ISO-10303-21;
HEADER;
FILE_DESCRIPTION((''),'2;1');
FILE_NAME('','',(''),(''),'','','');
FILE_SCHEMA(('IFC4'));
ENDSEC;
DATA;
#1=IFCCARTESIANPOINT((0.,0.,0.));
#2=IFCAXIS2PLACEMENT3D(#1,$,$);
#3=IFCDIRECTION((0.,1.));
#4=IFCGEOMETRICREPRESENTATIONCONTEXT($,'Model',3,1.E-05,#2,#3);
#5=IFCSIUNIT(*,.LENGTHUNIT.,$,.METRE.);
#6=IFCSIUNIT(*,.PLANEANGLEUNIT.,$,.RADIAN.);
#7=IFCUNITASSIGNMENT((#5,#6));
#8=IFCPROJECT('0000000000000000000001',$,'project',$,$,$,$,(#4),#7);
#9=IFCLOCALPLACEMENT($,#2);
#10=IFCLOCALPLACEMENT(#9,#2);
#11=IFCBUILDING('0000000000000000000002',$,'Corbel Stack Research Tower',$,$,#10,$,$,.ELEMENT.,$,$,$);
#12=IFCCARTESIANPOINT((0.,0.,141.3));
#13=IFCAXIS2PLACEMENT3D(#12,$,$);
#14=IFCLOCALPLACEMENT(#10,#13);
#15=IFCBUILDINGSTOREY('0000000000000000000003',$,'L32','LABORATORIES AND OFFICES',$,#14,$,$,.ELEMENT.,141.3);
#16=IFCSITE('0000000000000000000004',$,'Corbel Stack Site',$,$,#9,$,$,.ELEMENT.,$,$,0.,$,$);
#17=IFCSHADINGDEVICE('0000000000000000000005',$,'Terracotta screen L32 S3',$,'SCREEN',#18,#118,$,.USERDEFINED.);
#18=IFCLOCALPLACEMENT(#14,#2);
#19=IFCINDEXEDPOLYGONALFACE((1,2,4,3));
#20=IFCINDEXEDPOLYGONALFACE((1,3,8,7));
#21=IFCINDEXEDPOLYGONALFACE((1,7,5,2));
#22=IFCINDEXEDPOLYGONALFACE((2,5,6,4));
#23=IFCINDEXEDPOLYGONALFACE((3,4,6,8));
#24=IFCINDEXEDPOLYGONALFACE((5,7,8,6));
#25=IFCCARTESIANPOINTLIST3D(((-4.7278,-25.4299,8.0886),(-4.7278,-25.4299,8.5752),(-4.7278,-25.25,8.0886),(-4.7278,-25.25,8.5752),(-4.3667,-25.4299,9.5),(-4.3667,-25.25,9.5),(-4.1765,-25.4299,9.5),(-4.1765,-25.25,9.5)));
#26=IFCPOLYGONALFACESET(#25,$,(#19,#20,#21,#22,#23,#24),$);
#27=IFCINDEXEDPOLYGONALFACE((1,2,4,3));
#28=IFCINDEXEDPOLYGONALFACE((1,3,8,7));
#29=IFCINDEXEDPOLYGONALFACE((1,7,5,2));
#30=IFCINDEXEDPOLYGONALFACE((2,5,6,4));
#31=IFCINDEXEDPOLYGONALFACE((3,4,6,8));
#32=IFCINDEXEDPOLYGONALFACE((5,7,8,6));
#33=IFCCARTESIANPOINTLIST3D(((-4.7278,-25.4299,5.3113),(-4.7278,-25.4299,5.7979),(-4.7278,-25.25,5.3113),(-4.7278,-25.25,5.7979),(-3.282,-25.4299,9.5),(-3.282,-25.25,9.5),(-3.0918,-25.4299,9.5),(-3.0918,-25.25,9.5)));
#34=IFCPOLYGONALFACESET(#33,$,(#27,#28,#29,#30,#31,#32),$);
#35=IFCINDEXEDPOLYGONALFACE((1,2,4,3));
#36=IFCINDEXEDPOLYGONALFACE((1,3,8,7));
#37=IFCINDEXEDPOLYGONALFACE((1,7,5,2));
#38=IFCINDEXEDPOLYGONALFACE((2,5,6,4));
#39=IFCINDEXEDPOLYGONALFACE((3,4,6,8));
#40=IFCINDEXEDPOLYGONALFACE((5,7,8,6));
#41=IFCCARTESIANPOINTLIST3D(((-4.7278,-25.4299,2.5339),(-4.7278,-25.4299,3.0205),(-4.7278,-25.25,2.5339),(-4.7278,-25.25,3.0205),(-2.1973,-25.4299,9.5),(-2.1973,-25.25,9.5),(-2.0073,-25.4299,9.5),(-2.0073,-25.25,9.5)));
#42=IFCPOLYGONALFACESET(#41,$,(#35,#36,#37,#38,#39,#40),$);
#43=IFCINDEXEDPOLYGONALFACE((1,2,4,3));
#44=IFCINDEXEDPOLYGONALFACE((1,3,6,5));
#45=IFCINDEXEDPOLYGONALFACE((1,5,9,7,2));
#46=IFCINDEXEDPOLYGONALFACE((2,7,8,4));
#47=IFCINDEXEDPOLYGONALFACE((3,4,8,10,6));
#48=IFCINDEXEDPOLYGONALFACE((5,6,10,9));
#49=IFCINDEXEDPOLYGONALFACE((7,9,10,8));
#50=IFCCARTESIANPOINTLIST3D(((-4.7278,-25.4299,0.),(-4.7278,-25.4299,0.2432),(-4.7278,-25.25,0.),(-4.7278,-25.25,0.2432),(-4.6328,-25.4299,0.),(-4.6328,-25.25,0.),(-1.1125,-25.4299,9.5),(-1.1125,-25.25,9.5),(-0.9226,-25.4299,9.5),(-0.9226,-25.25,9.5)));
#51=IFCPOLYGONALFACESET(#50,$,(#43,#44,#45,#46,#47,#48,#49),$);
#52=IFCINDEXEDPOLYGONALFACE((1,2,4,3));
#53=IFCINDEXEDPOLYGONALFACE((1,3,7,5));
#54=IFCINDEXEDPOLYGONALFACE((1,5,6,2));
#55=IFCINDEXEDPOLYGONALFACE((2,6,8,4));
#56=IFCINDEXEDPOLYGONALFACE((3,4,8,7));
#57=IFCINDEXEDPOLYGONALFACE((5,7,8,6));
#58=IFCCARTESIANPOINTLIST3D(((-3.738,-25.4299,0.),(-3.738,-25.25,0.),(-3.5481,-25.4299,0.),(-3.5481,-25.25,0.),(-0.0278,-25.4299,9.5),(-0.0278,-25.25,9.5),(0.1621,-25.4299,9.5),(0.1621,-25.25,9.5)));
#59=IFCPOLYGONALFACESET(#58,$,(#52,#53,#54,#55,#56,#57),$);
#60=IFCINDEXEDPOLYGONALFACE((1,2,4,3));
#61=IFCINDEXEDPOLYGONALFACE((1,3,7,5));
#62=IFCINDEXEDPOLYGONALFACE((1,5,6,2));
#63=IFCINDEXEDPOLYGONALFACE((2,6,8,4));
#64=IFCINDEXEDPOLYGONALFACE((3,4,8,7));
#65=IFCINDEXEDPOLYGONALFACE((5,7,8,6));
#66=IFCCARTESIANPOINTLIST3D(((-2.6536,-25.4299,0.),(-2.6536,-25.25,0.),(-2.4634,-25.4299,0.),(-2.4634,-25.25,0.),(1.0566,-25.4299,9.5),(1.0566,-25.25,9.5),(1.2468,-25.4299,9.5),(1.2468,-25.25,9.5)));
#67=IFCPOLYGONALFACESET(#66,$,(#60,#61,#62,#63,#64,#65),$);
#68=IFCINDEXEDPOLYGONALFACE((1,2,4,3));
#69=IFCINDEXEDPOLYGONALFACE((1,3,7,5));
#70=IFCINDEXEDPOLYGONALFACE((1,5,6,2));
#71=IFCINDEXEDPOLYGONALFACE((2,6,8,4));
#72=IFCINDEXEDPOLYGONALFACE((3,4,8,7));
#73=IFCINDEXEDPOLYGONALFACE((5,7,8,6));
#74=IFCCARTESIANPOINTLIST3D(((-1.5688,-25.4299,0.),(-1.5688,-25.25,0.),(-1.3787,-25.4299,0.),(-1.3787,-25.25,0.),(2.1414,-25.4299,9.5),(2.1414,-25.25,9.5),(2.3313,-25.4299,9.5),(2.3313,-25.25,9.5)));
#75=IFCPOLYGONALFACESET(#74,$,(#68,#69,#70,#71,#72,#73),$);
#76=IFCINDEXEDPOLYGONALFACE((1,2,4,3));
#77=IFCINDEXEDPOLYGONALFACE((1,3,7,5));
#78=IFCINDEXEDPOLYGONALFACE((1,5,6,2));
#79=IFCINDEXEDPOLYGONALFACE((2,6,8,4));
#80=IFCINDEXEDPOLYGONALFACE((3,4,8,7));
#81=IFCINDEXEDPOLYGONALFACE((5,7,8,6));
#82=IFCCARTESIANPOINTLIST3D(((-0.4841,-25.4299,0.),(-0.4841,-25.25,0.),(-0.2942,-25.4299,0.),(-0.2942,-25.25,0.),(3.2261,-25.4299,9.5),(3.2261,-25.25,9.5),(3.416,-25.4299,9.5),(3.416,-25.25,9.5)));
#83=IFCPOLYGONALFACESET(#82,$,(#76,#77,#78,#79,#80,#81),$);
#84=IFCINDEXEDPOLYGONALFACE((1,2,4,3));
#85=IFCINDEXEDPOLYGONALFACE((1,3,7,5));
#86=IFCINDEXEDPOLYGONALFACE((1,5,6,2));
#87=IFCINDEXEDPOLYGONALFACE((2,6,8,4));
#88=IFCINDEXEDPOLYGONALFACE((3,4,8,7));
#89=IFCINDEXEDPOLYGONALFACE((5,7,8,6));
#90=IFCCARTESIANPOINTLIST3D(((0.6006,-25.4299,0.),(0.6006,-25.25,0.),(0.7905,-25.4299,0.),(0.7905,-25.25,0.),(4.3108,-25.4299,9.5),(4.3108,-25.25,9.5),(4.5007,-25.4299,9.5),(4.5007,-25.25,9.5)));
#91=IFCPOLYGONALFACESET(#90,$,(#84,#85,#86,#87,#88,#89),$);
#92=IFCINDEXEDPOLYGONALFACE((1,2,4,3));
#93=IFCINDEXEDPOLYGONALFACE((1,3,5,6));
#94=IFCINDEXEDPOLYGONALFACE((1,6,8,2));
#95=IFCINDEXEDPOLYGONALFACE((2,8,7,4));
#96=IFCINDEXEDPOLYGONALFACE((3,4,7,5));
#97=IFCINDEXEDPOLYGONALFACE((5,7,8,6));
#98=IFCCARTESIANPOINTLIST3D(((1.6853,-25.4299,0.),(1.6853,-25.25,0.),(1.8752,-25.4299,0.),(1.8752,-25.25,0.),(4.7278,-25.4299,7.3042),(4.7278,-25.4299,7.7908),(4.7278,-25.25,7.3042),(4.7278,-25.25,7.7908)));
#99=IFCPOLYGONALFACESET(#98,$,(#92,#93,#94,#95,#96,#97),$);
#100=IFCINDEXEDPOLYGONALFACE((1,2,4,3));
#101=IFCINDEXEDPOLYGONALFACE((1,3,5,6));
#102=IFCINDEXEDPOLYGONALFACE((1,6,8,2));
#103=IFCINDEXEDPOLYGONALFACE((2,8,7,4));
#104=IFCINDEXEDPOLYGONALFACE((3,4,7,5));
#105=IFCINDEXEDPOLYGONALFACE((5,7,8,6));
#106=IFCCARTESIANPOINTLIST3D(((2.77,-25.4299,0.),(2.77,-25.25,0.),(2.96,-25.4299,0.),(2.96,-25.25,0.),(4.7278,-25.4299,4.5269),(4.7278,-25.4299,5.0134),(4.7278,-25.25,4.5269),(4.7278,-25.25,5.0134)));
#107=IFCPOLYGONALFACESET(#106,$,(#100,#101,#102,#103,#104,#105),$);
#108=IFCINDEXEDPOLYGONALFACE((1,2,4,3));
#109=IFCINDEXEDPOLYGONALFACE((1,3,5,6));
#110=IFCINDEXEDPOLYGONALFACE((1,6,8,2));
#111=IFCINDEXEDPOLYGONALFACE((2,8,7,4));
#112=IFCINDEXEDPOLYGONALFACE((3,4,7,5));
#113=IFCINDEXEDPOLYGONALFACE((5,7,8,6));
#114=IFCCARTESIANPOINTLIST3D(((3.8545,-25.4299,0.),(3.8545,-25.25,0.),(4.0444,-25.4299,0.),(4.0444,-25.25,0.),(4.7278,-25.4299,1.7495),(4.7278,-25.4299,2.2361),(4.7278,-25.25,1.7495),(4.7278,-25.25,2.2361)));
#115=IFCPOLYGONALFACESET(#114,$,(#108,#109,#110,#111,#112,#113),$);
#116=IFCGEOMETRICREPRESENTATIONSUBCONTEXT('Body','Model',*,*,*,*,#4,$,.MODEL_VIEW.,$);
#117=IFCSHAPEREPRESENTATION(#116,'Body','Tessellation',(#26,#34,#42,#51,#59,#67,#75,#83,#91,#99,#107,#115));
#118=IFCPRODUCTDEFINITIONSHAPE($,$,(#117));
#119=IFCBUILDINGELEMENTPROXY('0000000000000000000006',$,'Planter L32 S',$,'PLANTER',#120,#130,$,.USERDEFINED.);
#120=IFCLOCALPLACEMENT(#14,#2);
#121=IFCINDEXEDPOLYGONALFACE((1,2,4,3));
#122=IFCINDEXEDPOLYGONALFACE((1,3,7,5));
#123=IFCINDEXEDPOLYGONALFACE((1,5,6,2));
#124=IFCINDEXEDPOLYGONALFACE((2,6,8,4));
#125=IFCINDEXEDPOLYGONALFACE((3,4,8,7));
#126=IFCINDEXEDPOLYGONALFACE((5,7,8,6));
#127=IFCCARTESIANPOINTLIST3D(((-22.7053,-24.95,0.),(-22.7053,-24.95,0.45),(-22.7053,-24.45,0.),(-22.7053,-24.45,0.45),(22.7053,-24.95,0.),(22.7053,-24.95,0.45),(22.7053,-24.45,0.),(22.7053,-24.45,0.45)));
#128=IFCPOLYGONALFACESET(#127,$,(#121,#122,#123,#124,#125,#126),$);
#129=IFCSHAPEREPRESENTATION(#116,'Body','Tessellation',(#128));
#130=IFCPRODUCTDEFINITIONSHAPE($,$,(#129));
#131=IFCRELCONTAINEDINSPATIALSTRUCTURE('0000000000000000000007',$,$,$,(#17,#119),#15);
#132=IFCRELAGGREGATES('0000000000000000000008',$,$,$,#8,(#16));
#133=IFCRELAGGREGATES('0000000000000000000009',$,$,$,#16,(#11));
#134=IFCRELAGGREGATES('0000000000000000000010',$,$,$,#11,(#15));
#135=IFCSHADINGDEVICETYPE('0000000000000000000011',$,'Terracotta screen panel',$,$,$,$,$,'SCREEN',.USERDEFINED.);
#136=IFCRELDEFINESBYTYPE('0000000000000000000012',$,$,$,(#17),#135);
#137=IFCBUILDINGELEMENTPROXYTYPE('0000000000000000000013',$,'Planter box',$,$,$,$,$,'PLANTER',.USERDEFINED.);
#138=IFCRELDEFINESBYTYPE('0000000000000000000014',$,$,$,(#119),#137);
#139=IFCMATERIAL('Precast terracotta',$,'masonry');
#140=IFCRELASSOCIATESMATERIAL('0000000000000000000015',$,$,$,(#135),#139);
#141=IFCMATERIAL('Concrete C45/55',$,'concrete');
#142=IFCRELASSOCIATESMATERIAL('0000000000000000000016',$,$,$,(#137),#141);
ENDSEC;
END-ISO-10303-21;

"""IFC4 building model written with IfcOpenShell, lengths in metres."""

from ifc_helpers import new_model, si_unit, direction, frame, origin, origin_2d, place, context, subcontext, project, spatial, polyline, rectangle, outline, extrude, source, transform, mapped, material, type_object, element, save


model = new_model("IFC4")

# Units and contexts
model_context = context("Model", 3, precision=1e-05, world=origin(), true_north=direction((0.0, 1.0)))
body_context = subcontext(model_context, "Body", "Model", "MODEL_VIEW")
ifc_project = project(units=[si_unit("LENGTHUNIT", "METRE"), si_unit("PLANEANGLEUNIT", "RADIAN")], contexts=[model_context])

# Site, building, storey
site_placement = place(None, origin())
site = spatial("IfcSite", under=ifc_project, at=site_placement, Name="Corbel Stack Site", CompositionType="ELEMENT", RefElevation=0.0)
building_placement = place(site_placement, origin())
building = spatial("IfcBuilding", under=site, at=building_placement, Name="Corbel Stack Research Tower", CompositionType="ELEMENT")
storey_placement = place(building_placement, frame((0.0, 0.0, 141.3)))
storey = spatial("IfcBuildingStorey", under=building, at=storey_placement, Name="L32", Description="LABORATORIES AND OFFICES", CompositionType="ELEMENT", Elevation=141.3)

# Shading device
ifc_material_1 = material(Name="Precast terracotta", Category="masonry")
shading_device_type = type_object("IfcShadingDeviceType", Name="Terracotta screen panel", ElementType="SCREEN", PredefinedType="USERDEFINED", material=ifc_material_1)
shared_shape = source(origin(), body_context, "Body", "SweptSolid", [
    extrude(outline(polyline([(0.5513, 9.5), (0.3611, 9.5), (0.0, 8.5752), (0.0, 8.0886), (0.5513, 9.5)])), frame((0.0, 0.0, 0.0), z_axis=(0.0, -1.0, 0.0), x_axis=(1.0, 0.0, 0.0)), (0.0, 0.0, 1.0), 0.1799),
    extrude(outline(polyline([(1.636, 9.5), (1.4458, 9.5), (0.0, 5.7979), (0.0, 5.3113), (1.636, 9.5)])), frame((0.0, 0.0, 0.0), z_axis=(0.0, -1.0, 0.0), x_axis=(1.0, 0.0, 0.0)), (0.0, 0.0, 1.0), 0.1799),
    extrude(outline(polyline([(2.7205, 9.5), (2.5305, 9.5), (0.0, 3.0205), (0.0, 2.5339), (2.7205, 9.5)])), frame((0.0, 0.0, 0.0), z_axis=(0.0, -1.0, 0.0), x_axis=(1.0, 0.0, 0.0)), (0.0, 0.0, 1.0), 0.1799),
    extrude(outline(polyline([(0.095, 0.0), (3.8052, 9.5), (3.6152, 9.5), (0.0, 0.2432), (0.0, 0.0), (0.095, 0.0)])), frame((0.0, 0.0, 0.0), z_axis=(0.0, -1.0, 0.0), x_axis=(1.0, 0.0, 0.0)), (0.0, 0.0, 1.0), 0.1799),
    extrude(outline(polyline([(1.1797, 0.0), (4.8899, 9.5), (4.7, 9.5), (0.9897, 0.0), (1.1797, 0.0)])), frame((0.0, 0.0, 0.0), z_axis=(0.0, -1.0, 0.0), x_axis=(1.0, 0.0, 0.0)), (0.0, 0.0, 1.0), 0.1799),
    extrude(outline(polyline([(2.2644, 0.0), (5.9746, 9.5), (5.7844, 9.5), (2.0742, 0.0), (2.2644, 0.0)])), frame((0.0, 0.0, 0.0), z_axis=(0.0, -1.0, 0.0), x_axis=(1.0, 0.0, 0.0)), (0.0, 0.0, 1.0), 0.1799),
    extrude(outline(polyline([(3.3491, 0.0), (7.0591, 9.5), (6.8691, 9.5), (3.1589, 0.0), (3.3491, 0.0)])), frame((0.0, 0.0, 0.0), z_axis=(0.0, -1.0, 0.0), x_axis=(1.0, 0.0, 0.0)), (0.0, 0.0, 1.0), 0.1799),
    extrude(outline(polyline([(4.4336, 0.0), (8.1438, 9.5), (7.9539, 9.5), (4.2437, 0.0), (4.4336, 0.0)])), frame((0.0, 0.0, 0.0), z_axis=(0.0, -1.0, 0.0), x_axis=(1.0, 0.0, 0.0)), (0.0, 0.0, 1.0), 0.1799),
    extrude(outline(polyline([(5.5183, 0.0), (9.2285, 9.5), (9.0386, 9.5), (5.3284, 0.0), (5.5183, 0.0)])), frame((0.0, 0.0, 0.0), z_axis=(0.0, -1.0, 0.0), x_axis=(1.0, 0.0, 0.0)), (0.0, 0.0, 1.0), 0.1799),
    extrude(outline(polyline([(6.603, 0.0), (9.4556, 7.3042), (9.4556, 7.7908), (6.4131, 0.0), (6.603, 0.0)])), frame((0.0, 0.0, 0.0), z_axis=(0.0, -1.0, 0.0), x_axis=(1.0, 0.0, 0.0)), (0.0, 0.0, 1.0), 0.1799),
    extrude(outline(polyline([(7.6877, 0.0), (9.4556, 4.5269), (9.4556, 5.0134), (7.4978, 0.0), (7.6877, 0.0)])), frame((0.0, 0.0, 0.0), z_axis=(0.0, -1.0, 0.0), x_axis=(1.0, 0.0, 0.0)), (0.0, 0.0, 1.0), 0.1799),
    extrude(outline(polyline([(8.7722, 0.0), (9.4556, 1.7495), (9.4556, 2.2361), (8.5823, 0.0), (8.7722, 0.0)])), frame((0.0, 0.0, 0.0), z_axis=(0.0, -1.0, 0.0), x_axis=(1.0, 0.0, 0.0)), (0.0, 0.0, 1.0), 0.1799),
])
shading_device_placement = place(storey_placement, frame((-4.7278, -25.25, 0.0), z_axis=(0.0, 0.0, 1.0), x_axis=(1.0, 0.0, 0.0)))
element("IfcShadingDevice", 1, at=shading_device_placement, inside=storey, type_object=shading_device_type, Name="Terracotta screen L32 S3", ObjectType="SCREEN", PredefinedType="USERDEFINED", context=body_context, shape_type="MappedRepresentation", body=[
    mapped(shared_shape, transform((0.0, 0.0, 0.0))),
])

# Building element proxy
ifc_material_2 = material(Name="Concrete C45/55", Category="concrete")
building_element_proxy_type = type_object("IfcBuildingElementProxyType", Name="Planter box", ElementType="PLANTER", PredefinedType="USERDEFINED", material=ifc_material_2)
proxy_placement = place(storey_placement, frame((0.0, -24.7, 0.0), z_axis=(0.0, 0.0, 1.0), x_axis=(1.0, 0.0, 0.0)))
element("IfcBuildingElementProxy", 2, at=proxy_placement, inside=storey, type_object=building_element_proxy_type, Name="Planter L32 S", ObjectType="PLANTER", PredefinedType="USERDEFINED", context=body_context, shape_type="SweptSolid", body=[
    extrude(rectangle(XDim=45.4106, YDim=0.5, at=origin_2d()), origin(), (0.0, 0.0, 1.0), 0.45),
])

save(model, "model.ifc")
